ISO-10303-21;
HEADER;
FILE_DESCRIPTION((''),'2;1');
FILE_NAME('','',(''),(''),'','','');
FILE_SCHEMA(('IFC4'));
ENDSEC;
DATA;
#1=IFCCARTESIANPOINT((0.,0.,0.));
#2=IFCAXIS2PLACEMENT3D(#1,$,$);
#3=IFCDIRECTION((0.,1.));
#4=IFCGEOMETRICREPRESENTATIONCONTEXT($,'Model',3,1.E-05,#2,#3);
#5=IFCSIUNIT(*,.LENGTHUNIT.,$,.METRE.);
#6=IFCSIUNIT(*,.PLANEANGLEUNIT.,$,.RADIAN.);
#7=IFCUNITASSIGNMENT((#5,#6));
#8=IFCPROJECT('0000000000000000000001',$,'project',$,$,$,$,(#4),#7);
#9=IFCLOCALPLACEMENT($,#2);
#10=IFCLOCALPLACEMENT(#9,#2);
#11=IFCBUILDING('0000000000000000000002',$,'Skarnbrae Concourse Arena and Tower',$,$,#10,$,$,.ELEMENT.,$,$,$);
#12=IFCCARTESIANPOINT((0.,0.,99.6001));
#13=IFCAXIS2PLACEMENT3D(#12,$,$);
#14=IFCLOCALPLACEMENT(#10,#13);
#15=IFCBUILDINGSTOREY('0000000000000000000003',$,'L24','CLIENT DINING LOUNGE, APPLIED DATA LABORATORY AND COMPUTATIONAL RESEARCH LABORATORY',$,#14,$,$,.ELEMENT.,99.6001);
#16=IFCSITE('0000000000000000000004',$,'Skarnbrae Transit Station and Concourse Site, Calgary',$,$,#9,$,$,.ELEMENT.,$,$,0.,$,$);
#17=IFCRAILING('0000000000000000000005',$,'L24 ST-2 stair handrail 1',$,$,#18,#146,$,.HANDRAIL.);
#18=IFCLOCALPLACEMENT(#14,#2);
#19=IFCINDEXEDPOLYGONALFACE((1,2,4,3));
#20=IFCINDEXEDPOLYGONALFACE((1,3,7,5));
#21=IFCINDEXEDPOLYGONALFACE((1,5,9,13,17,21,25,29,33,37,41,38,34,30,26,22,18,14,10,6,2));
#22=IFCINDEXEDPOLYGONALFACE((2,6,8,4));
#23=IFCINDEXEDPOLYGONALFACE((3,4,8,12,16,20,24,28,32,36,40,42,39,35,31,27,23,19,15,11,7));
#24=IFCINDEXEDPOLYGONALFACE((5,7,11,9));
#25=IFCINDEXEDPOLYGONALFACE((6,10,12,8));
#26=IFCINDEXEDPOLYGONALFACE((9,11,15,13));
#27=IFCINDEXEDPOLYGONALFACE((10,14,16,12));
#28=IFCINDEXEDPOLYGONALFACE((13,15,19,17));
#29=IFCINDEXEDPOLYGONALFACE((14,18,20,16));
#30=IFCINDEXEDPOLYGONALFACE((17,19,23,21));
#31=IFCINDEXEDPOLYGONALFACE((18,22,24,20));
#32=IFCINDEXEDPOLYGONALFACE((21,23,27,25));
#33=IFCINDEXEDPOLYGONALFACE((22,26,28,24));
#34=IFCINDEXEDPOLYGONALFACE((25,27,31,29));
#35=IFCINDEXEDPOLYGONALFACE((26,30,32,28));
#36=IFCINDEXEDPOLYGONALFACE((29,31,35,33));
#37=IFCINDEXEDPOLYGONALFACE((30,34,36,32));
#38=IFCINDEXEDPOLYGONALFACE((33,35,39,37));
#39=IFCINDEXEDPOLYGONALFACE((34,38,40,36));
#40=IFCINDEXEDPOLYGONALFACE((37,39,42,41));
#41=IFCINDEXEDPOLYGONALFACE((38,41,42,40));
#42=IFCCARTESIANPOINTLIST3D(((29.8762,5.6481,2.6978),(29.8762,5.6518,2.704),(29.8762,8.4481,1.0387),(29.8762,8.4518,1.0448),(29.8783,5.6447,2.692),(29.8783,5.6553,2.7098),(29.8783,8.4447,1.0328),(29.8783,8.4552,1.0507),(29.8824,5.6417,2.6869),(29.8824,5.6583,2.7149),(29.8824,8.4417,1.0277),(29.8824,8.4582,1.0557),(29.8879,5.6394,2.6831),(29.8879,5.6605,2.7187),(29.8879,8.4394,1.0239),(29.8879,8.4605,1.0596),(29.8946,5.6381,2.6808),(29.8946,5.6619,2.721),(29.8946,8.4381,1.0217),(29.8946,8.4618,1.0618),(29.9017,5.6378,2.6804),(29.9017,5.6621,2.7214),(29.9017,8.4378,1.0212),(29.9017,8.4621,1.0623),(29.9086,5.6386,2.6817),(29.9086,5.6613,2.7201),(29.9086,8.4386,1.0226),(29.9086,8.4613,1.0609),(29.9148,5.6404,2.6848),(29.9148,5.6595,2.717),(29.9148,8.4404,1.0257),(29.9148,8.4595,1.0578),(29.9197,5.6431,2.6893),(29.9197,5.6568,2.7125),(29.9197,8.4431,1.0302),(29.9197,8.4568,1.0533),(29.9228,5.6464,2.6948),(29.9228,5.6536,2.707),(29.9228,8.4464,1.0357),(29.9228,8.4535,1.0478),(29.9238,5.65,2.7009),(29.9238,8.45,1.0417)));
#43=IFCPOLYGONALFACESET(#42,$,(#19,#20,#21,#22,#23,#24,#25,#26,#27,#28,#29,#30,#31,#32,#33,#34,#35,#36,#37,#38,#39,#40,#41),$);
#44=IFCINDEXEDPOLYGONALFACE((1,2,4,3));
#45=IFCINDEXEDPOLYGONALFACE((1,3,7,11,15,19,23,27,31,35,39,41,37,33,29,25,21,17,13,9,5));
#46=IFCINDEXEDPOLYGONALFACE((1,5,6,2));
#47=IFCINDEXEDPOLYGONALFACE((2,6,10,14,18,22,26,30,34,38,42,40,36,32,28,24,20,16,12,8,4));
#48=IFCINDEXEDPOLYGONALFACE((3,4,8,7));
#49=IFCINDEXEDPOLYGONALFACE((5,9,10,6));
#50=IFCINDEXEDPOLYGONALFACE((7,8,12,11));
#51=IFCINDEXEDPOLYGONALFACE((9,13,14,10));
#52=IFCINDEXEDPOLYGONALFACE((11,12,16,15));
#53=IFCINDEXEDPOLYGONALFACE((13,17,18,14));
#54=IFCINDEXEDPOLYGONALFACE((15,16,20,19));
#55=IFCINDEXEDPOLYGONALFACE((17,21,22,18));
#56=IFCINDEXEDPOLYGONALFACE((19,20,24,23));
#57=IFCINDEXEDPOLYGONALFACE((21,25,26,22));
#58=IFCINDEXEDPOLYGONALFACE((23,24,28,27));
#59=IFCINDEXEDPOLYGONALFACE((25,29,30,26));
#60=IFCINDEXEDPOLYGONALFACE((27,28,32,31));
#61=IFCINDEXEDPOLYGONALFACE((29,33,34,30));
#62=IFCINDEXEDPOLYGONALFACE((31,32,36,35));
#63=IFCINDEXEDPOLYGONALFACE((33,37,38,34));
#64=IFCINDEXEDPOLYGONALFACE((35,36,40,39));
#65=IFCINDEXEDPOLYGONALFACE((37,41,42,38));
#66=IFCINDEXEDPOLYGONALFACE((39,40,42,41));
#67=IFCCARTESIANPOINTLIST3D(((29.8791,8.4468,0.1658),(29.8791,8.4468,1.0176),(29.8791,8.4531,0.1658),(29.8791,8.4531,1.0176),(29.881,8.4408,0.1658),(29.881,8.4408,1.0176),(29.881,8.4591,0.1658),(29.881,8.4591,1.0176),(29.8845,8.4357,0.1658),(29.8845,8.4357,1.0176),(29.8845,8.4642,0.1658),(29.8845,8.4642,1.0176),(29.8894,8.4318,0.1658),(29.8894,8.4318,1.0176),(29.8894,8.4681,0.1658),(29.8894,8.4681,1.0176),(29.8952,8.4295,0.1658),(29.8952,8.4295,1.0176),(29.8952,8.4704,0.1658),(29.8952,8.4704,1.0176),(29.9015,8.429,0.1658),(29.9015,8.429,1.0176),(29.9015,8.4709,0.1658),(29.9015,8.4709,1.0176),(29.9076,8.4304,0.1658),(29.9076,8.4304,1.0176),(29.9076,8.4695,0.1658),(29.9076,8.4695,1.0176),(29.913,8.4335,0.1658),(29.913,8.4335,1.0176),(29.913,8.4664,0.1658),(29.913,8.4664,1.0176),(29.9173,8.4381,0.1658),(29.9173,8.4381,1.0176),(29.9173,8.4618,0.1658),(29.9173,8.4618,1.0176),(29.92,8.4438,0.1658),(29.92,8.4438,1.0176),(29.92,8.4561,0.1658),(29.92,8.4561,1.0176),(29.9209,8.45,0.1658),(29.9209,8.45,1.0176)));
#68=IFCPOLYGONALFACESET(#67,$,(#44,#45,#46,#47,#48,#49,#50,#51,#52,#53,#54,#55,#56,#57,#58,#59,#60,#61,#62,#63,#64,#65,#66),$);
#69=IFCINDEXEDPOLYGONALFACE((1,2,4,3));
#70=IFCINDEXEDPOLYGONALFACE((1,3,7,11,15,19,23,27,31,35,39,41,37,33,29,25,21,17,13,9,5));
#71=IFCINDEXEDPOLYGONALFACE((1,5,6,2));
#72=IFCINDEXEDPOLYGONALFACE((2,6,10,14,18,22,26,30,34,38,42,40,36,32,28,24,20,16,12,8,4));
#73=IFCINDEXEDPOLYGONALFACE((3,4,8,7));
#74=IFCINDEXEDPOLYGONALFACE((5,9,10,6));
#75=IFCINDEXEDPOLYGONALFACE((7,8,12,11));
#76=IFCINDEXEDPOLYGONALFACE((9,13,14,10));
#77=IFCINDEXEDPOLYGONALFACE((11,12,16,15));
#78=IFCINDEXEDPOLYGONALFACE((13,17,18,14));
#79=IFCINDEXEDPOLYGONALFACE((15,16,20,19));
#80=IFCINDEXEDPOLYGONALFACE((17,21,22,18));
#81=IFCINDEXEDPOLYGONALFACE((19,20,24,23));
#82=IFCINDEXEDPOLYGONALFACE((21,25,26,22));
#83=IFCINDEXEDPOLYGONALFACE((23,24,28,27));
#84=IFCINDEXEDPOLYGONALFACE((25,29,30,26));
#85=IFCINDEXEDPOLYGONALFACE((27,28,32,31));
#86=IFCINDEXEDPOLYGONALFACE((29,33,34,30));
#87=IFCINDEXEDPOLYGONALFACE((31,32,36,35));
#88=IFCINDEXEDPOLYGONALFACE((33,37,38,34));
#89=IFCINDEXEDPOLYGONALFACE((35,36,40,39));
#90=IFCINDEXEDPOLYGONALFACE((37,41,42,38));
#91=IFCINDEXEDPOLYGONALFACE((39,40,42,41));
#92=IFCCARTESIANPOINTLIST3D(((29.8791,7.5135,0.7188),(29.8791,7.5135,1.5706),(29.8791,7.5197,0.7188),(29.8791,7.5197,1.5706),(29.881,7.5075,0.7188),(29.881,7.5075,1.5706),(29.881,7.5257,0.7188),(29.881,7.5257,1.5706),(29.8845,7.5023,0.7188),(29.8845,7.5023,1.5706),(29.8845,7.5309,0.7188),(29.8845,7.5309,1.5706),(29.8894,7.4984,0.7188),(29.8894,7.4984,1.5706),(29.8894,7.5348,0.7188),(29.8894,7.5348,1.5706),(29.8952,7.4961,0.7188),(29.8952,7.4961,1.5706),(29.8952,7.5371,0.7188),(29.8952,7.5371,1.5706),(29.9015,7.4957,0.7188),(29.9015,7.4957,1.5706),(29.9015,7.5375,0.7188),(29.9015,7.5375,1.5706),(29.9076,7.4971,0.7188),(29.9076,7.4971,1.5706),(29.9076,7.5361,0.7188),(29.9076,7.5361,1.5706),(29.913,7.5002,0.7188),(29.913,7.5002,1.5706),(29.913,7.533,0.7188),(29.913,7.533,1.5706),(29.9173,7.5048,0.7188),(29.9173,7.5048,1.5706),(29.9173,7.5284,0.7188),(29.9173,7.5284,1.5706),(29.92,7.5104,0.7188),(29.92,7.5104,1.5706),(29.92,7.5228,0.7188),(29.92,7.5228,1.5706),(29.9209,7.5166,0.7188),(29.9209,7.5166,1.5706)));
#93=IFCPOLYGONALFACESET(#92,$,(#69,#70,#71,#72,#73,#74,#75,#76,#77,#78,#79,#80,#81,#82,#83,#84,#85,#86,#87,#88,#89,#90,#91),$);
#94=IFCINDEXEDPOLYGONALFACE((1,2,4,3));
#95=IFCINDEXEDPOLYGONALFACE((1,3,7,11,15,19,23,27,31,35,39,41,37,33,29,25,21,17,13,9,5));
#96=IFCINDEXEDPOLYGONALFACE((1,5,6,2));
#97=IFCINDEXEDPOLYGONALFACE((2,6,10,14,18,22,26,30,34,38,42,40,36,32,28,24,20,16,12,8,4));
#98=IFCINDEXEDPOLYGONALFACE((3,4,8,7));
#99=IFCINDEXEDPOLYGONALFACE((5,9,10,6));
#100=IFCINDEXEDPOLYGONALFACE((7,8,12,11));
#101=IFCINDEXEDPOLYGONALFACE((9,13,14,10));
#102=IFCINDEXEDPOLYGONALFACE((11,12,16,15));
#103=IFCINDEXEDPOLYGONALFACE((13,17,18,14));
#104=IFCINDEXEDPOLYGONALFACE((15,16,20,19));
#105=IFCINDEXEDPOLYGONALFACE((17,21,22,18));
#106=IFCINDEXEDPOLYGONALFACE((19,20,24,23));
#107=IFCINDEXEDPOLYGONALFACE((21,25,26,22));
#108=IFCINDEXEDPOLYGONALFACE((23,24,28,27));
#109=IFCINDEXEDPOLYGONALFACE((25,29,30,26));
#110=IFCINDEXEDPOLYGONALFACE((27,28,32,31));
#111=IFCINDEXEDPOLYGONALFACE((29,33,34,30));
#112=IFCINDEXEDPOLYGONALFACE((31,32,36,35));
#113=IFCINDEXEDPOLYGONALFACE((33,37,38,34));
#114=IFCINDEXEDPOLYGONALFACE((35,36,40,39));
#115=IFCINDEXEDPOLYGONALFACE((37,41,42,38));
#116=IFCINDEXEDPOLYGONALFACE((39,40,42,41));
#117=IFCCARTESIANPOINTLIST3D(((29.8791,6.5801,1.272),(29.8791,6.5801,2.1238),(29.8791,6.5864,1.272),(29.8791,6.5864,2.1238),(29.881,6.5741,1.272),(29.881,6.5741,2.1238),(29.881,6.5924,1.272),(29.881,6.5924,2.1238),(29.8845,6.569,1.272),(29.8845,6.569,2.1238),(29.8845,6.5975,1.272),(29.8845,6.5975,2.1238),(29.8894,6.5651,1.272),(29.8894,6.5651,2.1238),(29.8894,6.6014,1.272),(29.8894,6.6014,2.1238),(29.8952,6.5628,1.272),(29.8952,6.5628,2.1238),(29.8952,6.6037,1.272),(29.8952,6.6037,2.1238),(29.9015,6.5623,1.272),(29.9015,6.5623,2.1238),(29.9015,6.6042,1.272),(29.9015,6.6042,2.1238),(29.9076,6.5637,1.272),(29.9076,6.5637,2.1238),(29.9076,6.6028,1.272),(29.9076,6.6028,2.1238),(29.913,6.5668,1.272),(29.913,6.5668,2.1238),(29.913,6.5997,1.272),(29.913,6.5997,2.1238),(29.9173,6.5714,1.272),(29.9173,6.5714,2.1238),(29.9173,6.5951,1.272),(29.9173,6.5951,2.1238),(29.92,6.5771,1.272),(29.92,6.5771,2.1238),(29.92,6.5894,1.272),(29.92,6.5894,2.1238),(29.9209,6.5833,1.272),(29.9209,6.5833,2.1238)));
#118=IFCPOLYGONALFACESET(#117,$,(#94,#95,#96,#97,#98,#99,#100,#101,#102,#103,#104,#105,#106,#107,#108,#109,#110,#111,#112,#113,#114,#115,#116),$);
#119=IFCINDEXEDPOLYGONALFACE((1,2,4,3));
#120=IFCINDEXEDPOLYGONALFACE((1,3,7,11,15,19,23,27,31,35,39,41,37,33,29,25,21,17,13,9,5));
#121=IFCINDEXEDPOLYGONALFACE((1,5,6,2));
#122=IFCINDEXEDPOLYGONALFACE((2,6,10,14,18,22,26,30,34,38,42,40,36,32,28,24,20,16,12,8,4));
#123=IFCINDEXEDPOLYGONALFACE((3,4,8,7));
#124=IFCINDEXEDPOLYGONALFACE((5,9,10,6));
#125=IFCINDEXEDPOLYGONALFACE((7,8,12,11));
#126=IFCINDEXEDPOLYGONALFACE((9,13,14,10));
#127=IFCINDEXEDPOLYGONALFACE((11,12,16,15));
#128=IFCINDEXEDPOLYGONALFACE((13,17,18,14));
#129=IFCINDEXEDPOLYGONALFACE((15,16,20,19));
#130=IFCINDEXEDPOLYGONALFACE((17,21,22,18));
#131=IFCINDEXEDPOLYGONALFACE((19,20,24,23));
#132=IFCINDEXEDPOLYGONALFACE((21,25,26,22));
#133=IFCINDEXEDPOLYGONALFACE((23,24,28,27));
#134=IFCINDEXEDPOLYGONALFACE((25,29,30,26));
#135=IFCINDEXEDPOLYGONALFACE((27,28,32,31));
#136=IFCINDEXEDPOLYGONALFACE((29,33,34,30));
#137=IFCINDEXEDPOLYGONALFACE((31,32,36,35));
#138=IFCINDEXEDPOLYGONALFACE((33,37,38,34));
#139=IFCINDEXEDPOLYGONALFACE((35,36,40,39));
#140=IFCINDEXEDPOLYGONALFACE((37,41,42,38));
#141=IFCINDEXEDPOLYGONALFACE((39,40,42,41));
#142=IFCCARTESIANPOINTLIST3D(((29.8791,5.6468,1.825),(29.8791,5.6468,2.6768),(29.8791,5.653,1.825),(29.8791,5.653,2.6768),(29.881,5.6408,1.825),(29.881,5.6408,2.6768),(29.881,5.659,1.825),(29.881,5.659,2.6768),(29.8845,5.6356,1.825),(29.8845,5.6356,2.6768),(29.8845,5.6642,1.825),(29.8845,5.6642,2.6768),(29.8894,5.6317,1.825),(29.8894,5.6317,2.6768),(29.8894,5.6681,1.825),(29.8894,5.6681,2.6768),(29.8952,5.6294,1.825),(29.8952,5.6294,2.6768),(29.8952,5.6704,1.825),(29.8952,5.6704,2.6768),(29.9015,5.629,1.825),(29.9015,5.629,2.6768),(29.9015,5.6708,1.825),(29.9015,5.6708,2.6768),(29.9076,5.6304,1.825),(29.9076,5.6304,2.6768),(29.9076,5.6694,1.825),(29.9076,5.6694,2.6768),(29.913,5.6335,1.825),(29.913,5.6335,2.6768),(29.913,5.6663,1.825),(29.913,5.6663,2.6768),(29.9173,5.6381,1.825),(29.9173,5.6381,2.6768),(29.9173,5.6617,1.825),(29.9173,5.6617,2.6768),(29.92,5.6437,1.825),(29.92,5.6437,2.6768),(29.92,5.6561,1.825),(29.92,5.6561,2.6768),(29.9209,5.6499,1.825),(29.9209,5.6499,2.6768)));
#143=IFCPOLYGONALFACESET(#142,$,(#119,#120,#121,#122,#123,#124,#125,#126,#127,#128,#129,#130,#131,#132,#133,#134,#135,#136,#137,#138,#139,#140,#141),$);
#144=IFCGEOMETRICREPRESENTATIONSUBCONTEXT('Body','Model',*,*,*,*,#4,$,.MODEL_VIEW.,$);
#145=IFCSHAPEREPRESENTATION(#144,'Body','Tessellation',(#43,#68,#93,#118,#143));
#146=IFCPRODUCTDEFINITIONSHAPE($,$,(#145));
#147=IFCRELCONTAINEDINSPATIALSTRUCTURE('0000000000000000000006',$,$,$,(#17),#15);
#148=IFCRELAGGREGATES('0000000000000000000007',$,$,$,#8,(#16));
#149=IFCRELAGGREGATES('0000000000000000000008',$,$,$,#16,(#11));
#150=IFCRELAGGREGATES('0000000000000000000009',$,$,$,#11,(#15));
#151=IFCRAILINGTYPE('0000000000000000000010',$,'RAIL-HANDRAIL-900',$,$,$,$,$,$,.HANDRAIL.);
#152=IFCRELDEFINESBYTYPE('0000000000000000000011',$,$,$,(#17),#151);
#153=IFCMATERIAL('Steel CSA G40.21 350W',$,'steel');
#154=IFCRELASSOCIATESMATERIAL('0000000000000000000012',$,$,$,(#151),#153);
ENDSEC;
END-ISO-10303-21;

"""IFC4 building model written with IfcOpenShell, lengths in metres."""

from ifc_helpers import new_model, si_unit, direction, frame, origin, origin_2d, place, context, subcontext, project, spatial, circle, extrude, material, type_object, element, save


model = new_model("IFC4")

# Units and contexts
model_context = context("Model", 3, precision=1e-05, world=origin(), true_north=direction((0.0, 1.0)))
body_context = subcontext(model_context, "Body", "Model", "MODEL_VIEW")
ifc_project = project(units=[si_unit("LENGTHUNIT", "METRE"), si_unit("PLANEANGLEUNIT", "RADIAN")], contexts=[model_context])

# Site, building, storey
site_placement = place(None, origin())
site = spatial("IfcSite", under=ifc_project, at=site_placement, Name="Skarnbrae Transit Station and Concourse Site, Calgary", CompositionType="ELEMENT", RefElevation=0.0)
building_placement = place(site_placement, origin())
building = spatial("IfcBuilding", under=site, at=building_placement, Name="Skarnbrae Concourse Arena and Tower", CompositionType="ELEMENT")
storey_placement = place(building_placement, frame((0.0, 0.0, 99.6001)))
storey = spatial("IfcBuildingStorey", under=building, at=storey_placement, Name="L24", Description="CLIENT DINING LOUNGE, APPLIED DATA LABORATORY AND COMPUTATIONAL RESEARCH LABORATORY", CompositionType="ELEMENT", Elevation=99.6001)

# Shared definitions
ifc_material_1 = material(Name="Steel CSA G40.21 350W", Category="steel")

# Railing
railing_type_1 = type_object("IfcRailingType", Name="RAIL-HANDRAIL-900", PredefinedType="HANDRAIL", material=ifc_material_1)
railing_1_placement = place(storey_placement, frame((29.8999, 8.45, 0.1658)))
element("IfcRailing", 1, at=railing_1_placement, inside=storey, type_object=railing_type_1, Name="L24 ST-2 stair handrail 1", PredefinedType="HANDRAIL", context=body_context, shape_type="SweptSolid", body=[
    extrude(circle(Radius=0.0239, at=origin_2d()), frame((0.0, 0.0, 0.876), z_axis=(0.0, -0.860306, 0.509778), x_axis=(1.0, 0.0, 0.0)), (0.0, 0.0, 1.0), 3.2546),
    extrude(circle(Radius=0.021, at=origin_2d()), origin(), (0.0, 0.0, 1.0), 0.8518),
    extrude(circle(Radius=0.021, at=origin_2d()), frame((0.0, -0.9333, 0.553)), (0.0, 0.0, 1.0), 0.8518),
    extrude(circle(Radius=0.021, at=origin_2d()), frame((0.0, -1.8667, 1.1062)), (0.0, 0.0, 1.0), 0.8518),
    extrude(circle(Radius=0.021, at=origin_2d()), frame((0.0, -2.8, 1.6592)), (0.0, 0.0, 1.0), 0.8518),
])

save(model, "model.ifc")
